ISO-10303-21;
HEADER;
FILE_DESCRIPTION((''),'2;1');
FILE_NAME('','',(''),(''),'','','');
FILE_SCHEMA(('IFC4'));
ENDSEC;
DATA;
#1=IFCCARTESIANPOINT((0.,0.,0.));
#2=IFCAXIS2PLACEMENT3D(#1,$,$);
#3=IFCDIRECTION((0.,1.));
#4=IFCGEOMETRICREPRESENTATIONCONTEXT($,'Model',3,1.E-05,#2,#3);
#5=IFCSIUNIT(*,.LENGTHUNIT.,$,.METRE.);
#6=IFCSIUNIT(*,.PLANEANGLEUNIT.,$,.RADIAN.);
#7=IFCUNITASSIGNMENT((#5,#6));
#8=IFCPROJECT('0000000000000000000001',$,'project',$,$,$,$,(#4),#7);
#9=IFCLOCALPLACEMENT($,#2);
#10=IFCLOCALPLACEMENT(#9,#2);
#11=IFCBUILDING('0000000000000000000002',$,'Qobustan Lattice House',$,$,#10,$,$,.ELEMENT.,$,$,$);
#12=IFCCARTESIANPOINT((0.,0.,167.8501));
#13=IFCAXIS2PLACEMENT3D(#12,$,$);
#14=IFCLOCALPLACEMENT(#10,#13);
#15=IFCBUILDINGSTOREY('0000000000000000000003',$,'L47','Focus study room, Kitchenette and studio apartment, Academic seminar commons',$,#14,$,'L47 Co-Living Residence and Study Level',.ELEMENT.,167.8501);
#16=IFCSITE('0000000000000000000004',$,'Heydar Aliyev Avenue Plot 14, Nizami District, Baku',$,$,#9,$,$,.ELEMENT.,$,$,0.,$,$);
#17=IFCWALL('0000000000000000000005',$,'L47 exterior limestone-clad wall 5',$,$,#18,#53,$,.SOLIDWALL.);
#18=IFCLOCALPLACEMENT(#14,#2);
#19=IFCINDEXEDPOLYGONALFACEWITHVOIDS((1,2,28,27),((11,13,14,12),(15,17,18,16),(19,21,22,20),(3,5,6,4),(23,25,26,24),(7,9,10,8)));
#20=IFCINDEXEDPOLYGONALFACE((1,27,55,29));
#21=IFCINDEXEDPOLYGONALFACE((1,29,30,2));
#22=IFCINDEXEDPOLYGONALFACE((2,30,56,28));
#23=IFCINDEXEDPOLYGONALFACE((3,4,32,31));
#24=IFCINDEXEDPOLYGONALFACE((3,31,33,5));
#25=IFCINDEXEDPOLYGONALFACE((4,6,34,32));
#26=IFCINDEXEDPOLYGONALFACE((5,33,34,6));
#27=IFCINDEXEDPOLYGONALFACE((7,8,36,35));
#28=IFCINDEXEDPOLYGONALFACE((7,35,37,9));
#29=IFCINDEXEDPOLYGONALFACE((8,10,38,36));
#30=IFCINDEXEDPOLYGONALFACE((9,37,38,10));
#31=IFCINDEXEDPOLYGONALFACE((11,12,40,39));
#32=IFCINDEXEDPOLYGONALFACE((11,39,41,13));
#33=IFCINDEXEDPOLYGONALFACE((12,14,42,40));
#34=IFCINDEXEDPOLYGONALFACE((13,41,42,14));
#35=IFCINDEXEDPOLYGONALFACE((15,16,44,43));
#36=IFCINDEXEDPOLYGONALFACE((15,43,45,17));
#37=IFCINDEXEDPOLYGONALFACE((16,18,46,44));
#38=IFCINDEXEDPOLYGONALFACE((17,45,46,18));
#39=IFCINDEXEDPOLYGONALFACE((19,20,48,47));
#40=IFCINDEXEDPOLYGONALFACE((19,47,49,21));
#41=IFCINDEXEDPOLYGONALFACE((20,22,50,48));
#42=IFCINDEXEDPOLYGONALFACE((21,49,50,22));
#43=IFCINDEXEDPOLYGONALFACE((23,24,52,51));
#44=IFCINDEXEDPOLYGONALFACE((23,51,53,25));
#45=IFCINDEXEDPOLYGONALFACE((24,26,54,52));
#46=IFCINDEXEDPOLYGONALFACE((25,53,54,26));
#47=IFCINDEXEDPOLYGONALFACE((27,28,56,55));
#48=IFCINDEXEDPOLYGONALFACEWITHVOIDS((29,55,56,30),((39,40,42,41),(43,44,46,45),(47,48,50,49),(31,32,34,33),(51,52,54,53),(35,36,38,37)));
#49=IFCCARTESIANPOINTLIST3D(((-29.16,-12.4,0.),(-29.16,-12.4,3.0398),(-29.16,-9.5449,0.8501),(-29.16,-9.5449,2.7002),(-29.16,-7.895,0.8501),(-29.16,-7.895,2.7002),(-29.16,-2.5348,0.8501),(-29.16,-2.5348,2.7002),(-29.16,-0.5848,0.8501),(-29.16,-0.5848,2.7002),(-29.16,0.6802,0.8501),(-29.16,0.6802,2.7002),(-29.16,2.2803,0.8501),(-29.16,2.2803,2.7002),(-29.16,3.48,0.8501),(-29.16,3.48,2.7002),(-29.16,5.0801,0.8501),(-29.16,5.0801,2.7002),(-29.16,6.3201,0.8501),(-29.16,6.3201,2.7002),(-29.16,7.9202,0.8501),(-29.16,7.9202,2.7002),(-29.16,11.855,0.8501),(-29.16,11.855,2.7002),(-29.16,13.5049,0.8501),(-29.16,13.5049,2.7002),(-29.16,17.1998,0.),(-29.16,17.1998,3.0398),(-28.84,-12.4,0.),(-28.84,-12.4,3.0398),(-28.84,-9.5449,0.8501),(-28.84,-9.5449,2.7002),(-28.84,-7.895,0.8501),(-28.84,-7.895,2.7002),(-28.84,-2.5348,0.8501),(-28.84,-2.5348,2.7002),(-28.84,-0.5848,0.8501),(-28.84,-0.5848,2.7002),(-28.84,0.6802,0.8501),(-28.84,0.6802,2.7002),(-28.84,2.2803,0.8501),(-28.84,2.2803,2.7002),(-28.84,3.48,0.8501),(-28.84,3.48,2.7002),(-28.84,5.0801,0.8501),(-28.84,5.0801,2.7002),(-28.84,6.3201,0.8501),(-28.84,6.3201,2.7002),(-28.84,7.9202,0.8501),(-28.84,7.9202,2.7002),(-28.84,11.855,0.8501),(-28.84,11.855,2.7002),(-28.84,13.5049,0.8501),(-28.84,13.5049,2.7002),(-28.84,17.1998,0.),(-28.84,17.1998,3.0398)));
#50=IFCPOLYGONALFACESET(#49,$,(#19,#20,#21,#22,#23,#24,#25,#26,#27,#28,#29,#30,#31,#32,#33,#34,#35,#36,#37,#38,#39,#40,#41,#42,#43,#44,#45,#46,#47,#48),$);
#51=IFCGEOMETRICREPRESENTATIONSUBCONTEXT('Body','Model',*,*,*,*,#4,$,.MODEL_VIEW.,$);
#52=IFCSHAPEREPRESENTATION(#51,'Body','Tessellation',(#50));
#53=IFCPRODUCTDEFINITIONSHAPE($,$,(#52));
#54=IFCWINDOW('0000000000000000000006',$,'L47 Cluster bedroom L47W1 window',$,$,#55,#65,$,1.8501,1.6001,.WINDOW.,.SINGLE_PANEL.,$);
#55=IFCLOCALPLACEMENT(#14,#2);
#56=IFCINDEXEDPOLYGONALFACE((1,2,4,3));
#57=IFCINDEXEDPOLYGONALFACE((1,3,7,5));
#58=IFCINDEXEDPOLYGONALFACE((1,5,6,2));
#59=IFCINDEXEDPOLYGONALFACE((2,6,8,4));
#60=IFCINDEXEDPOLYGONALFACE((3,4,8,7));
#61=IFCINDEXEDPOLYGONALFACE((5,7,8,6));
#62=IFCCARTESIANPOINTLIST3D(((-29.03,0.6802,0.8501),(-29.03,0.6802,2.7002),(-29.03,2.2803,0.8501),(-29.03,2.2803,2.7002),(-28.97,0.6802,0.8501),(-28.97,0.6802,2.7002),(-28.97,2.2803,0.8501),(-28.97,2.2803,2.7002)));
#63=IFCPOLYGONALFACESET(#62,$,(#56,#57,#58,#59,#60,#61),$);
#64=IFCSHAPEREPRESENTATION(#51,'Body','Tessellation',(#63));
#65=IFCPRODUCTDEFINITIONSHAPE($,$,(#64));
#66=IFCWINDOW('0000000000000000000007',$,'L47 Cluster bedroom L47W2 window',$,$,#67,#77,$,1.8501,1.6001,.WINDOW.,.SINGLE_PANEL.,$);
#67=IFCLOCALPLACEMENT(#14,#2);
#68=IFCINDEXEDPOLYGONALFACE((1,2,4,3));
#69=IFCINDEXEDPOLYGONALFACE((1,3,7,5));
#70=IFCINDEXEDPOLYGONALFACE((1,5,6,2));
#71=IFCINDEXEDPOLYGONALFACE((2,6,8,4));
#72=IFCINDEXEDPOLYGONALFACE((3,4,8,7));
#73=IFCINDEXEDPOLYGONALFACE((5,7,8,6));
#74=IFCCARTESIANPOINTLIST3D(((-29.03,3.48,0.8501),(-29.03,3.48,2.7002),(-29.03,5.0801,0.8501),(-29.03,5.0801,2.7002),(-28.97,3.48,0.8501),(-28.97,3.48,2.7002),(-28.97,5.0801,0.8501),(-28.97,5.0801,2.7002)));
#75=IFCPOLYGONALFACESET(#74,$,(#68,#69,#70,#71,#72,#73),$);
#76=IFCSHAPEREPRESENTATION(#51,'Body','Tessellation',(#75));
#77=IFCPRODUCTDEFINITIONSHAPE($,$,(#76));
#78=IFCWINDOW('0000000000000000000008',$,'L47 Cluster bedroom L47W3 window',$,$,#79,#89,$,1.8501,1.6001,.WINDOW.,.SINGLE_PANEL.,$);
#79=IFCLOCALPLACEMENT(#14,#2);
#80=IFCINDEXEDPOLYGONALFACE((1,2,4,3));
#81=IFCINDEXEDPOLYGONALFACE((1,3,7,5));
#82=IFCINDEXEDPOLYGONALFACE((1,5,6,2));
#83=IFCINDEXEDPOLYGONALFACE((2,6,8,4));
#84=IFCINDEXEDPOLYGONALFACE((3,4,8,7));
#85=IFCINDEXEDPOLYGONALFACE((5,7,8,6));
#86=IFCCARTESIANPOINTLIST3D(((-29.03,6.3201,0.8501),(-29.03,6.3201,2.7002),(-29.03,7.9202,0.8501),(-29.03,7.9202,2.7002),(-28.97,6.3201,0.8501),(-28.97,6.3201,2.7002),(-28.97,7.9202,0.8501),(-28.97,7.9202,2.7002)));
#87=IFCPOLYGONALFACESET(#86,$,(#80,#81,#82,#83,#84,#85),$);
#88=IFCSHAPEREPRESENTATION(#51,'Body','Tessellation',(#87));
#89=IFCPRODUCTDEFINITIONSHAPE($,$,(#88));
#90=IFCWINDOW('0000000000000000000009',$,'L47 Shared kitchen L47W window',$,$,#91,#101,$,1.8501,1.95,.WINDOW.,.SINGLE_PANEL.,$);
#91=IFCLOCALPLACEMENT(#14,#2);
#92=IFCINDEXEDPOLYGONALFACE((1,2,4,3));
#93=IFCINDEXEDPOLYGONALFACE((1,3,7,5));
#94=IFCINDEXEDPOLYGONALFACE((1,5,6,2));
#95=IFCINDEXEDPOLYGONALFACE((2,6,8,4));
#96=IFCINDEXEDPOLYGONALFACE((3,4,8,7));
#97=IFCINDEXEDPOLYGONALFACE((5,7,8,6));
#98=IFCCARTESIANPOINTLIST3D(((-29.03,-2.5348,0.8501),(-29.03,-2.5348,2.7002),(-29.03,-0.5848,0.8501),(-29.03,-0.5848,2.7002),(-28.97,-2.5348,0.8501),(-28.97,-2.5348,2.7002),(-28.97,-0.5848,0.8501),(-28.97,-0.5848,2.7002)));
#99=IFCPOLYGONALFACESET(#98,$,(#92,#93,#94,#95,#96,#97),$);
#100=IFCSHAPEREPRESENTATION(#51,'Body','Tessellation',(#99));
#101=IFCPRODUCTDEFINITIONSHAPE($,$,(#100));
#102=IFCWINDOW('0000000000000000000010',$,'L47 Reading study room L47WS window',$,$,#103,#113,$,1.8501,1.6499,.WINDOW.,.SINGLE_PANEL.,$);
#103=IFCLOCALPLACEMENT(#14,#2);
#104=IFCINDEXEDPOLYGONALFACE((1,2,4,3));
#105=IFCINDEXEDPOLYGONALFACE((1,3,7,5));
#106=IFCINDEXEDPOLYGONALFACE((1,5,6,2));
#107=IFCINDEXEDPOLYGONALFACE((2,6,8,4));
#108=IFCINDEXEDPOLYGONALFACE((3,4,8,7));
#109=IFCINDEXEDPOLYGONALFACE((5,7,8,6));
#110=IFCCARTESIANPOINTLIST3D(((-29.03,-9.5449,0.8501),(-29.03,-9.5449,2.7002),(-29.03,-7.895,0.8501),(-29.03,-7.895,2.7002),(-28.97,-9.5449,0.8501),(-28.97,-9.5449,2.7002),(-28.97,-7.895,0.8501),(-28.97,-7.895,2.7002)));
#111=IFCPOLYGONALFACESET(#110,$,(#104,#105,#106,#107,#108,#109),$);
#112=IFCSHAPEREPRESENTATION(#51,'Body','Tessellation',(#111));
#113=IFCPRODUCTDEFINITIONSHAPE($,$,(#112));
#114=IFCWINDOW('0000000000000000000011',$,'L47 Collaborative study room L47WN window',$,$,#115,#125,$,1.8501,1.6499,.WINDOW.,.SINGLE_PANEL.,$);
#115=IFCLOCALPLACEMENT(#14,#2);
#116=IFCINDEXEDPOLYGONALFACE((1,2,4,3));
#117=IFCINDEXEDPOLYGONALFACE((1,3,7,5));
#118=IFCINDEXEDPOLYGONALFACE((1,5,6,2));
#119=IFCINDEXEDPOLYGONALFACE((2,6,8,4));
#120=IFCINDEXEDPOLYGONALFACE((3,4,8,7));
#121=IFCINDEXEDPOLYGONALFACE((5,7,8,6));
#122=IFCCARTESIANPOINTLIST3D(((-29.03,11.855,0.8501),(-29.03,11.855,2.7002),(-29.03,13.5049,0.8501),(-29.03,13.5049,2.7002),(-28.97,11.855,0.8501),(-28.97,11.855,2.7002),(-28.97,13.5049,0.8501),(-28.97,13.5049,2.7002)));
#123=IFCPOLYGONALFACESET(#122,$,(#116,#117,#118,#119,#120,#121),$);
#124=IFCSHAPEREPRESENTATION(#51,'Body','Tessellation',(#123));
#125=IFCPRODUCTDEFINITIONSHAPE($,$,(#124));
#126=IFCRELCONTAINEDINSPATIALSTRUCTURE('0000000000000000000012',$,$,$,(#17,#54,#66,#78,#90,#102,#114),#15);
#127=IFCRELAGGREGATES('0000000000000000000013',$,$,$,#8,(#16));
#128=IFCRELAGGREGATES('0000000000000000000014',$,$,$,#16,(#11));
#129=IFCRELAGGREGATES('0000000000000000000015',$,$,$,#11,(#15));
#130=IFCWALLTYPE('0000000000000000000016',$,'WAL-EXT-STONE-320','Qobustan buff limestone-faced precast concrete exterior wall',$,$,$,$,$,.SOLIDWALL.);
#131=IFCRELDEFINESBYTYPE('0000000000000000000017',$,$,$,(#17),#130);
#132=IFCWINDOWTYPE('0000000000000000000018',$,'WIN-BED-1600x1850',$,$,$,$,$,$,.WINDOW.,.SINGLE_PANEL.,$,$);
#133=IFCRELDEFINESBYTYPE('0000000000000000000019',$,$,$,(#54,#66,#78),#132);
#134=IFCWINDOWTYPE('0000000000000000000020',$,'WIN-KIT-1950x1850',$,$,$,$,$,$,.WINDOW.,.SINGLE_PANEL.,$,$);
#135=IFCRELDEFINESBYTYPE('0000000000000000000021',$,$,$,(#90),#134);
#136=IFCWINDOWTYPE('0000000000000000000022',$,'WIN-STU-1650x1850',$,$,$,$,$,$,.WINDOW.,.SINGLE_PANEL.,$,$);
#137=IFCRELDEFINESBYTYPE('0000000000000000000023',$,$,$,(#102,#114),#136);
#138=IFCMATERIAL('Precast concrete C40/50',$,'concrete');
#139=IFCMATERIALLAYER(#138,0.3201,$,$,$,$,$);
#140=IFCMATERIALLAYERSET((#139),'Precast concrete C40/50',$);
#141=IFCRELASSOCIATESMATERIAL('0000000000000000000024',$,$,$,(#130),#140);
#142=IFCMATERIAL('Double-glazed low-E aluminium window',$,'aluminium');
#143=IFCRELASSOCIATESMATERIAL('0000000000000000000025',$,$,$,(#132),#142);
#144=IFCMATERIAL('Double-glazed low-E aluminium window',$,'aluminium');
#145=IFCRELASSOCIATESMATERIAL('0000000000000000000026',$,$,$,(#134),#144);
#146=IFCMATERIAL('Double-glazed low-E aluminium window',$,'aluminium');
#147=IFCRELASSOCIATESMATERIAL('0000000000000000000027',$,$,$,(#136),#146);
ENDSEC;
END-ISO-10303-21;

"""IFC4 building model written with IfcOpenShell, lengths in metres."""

from ifc_helpers import new_model, si_unit, direction, frame, frame_2d, origin, place, context, subcontext, project, spatial, rectangle, extrude, material, layer, layer_set, type_object, element, fill, save


model = new_model("IFC4")

# Units and contexts
model_context = context("Model", 3, precision=1e-05, world=origin(), true_north=direction((0.0, 1.0)))
body_context = subcontext(model_context, "Body", "Model", "MODEL_VIEW")
ifc_project = project(units=[si_unit("LENGTHUNIT", "METRE"), si_unit("PLANEANGLEUNIT", "RADIAN")], contexts=[model_context])

# Site, building, storey
site_placement = place(None, origin())
site = spatial("IfcSite", under=ifc_project, at=site_placement, Name="Heydar Aliyev Avenue Plot 14, Nizami District, Baku", CompositionType="ELEMENT", RefElevation=0.0)
building_placement = place(site_placement, origin())
building = spatial("IfcBuilding", under=site, at=building_placement, Name="Qobustan Lattice House", CompositionType="ELEMENT")
storey_placement = place(building_placement, frame((0.0, 0.0, 167.8501)))
storey = spatial("IfcBuildingStorey", under=building, at=storey_placement, Name="L47", Description="Focus study room, Kitchenette and studio apartment, Academic seminar commons", LongName="L47 Co-Living Residence and Study Level", CompositionType="ELEMENT", Elevation=167.8501)

# Shared definitions
ifc_material_1 = material(Name="Precast concrete C40/50", Category="concrete")
ifc_layer_1 = layer(ifc_material_1, 0.3201)
ifc_layer_set_1 = layer_set([ifc_layer_1], Name="Precast concrete C40/50")
wall_type = type_object("IfcWallType", Name="WAL-EXT-STONE-320", Description="Qobustan buff limestone-faced precast concrete exterior wall", PredefinedType="SOLIDWALL", material=ifc_layer_set_1)

# Wall, openings, windows
wall_1_placement = place(storey_placement, frame((-29.0, -12.3999, 0.0), z_axis=(0.0, 0.0, 1.0), x_axis=(0.0, 1.0, 0.0)))
wall_1 = element("IfcWall", 1, at=wall_1_placement, inside=storey, type_object=wall_type, Name="L47 exterior limestone-clad wall 5", PredefinedType="SOLIDWALL", context=body_context, shape_type="SweptSolid", body=[
    extrude(rectangle(XDim=29.5999, YDim=0.3201, at=frame_2d((14.7998, 0.0))), origin(), (0.0, 0.0, 1.0), 3.0398),
])
opening_1_placement = place(wall_1_placement, frame((2.855, 0.0, 0.8501)))
opening_1 = element("IfcOpeningElement", 2, at=opening_1_placement, cuts=wall_1, PredefinedType="OPENING", context=body_context, shape_type="SweptSolid", body=[
    extrude(rectangle(XDim=1.6499, YDim=1.8501, at=frame_2d((0.825, 0.925))), frame((0.0, 0.1699, 0.0), z_axis=(0.0, -1.0, 0.0), x_axis=(1.0, 0.0, 0.0)), (0.0, 0.0, 1.0), 0.3401),
])
opening_2_placement = place(wall_1_placement, frame((9.865, 0.0, 0.8501)))
opening_2 = element("IfcOpeningElement", 3, at=opening_2_placement, cuts=wall_1, PredefinedType="OPENING", context=body_context, shape_type="SweptSolid", body=[
    extrude(rectangle(XDim=1.95, YDim=1.8501, at=frame_2d((0.9751, 0.925))), frame((0.0, 0.1699, 0.0), z_axis=(0.0, -1.0, 0.0), x_axis=(1.0, 0.0, 0.0)), (0.0, 0.0, 1.0), 0.3401),
])
opening_3_placement = place(wall_1_placement, frame((13.0801, 0.0, 0.8501)))
opening_3 = element("IfcOpeningElement", 4, at=opening_3_placement, cuts=wall_1, PredefinedType="OPENING", context=body_context, shape_type="SweptSolid", body=[
    extrude(rectangle(XDim=1.6001, YDim=1.8501, at=frame_2d((0.8, 0.925))), frame((0.0, 0.1699, 0.0), z_axis=(0.0, -1.0, 0.0), x_axis=(1.0, 0.0, 0.0)), (0.0, 0.0, 1.0), 0.3401),
])
opening_4_placement = place(wall_1_placement, frame((15.8799, 0.0, 0.8501)))
opening_4 = element("IfcOpeningElement", 5, at=opening_4_placement, cuts=wall_1, PredefinedType="OPENING", context=body_context, shape_type="SweptSolid", body=[
    extrude(rectangle(XDim=1.6001, YDim=1.8501, at=frame_2d((0.8, 0.925))), frame((0.0, 0.1699, 0.0), z_axis=(0.0, -1.0, 0.0), x_axis=(1.0, 0.0, 0.0)), (0.0, 0.0, 1.0), 0.3401),
])
opening_5_placement = place(wall_1_placement, frame((18.72, 0.0, 0.8501)))
opening_5 = element("IfcOpeningElement", 6, at=opening_5_placement, cuts=wall_1, PredefinedType="OPENING", context=body_context, shape_type="SweptSolid", body=[
    extrude(rectangle(XDim=1.6001, YDim=1.8501, at=frame_2d((0.8, 0.925))), frame((0.0, 0.1699, 0.0), z_axis=(0.0, -1.0, 0.0), x_axis=(1.0, 0.0, 0.0)), (0.0, 0.0, 1.0), 0.3401),
])
opening_6_placement = place(wall_1_placement, frame((24.2549, 0.0, 0.8501)))
opening_6 = element("IfcOpeningElement", 7, at=opening_6_placement, cuts=wall_1, PredefinedType="OPENING", context=body_context, shape_type="SweptSolid", body=[
    extrude(rectangle(XDim=1.6499, YDim=1.8501, at=frame_2d((0.825, 0.925))), frame((0.0, 0.1699, 0.0), z_axis=(0.0, -1.0, 0.0), x_axis=(1.0, 0.0, 0.0)), (0.0, 0.0, 1.0), 0.3401),
])
ifc_material_2 = material(Name="Double-glazed low-E aluminium window", Category="aluminium")
window_type_1 = type_object("IfcWindowType", Name="WIN-BED-1600x1850", PartitioningType="SINGLE_PANEL", PredefinedType="WINDOW", material=ifc_material_2)
window_1_placement = place(opening_3_placement, origin())
window_1 = element("IfcWindow", 8, at=window_1_placement, inside=storey, type_object=window_type_1, Name="L47 Cluster bedroom L47W1 window", OverallHeight=1.8501, OverallWidth=1.6001, PartitioningType="SINGLE_PANEL", PredefinedType="WINDOW", context=body_context, shape_type="SweptSolid", body=[
    extrude(rectangle(XDim=1.6001, YDim=1.8501, at=frame_2d((0.8, 0.925))), frame((0.0, 0.03, 0.0), z_axis=(0.0, -1.0, 0.0), x_axis=(1.0, 0.0, 0.0)), (0.0, 0.0, 1.0), 0.0601),
])
fill(opening_3, window_1)
window_2_placement = place(opening_4_placement, origin())
window_2 = element("IfcWindow", 9, at=window_2_placement, inside=storey, type_object=window_type_1, Name="L47 Cluster bedroom L47W2 window", OverallHeight=1.8501, OverallWidth=1.6001, PartitioningType="SINGLE_PANEL", PredefinedType="WINDOW", context=body_context, shape_type="SweptSolid", body=[
    extrude(rectangle(XDim=1.6001, YDim=1.8501, at=frame_2d((0.8, 0.925))), frame((0.0, 0.03, 0.0), z_axis=(0.0, -1.0, 0.0), x_axis=(1.0, 0.0, 0.0)), (0.0, 0.0, 1.0), 0.0601),
])
fill(opening_4, window_2)
window_3_placement = place(opening_5_placement, origin())
window_3 = element("IfcWindow", 10, at=window_3_placement, inside=storey, type_object=window_type_1, Name="L47 Cluster bedroom L47W3 window", OverallHeight=1.8501, OverallWidth=1.6001, PartitioningType="SINGLE_PANEL", PredefinedType="WINDOW", context=body_context, shape_type="SweptSolid", body=[
    extrude(rectangle(XDim=1.6001, YDim=1.8501, at=frame_2d((0.8, 0.925))), frame((0.0, 0.03, 0.0), z_axis=(0.0, -1.0, 0.0), x_axis=(1.0, 0.0, 0.0)), (0.0, 0.0, 1.0), 0.0601),
])
fill(opening_5, window_3)
ifc_material_3 = material(Name="Double-glazed low-E aluminium window", Category="aluminium")
window_type_2 = type_object("IfcWindowType", Name="WIN-KIT-1950x1850", PartitioningType="SINGLE_PANEL", PredefinedType="WINDOW", material=ifc_material_3)
window_4_placement = place(opening_2_placement, origin())
window_4 = element("IfcWindow", 11, at=window_4_placement, inside=storey, type_object=window_type_2, Name="L47 Shared kitchen L47W window", OverallHeight=1.8501, OverallWidth=1.95, PartitioningType="SINGLE_PANEL", PredefinedType="WINDOW", context=body_context, shape_type="SweptSolid", body=[
    extrude(rectangle(XDim=1.95, YDim=1.8501, at=frame_2d((0.9751, 0.925))), frame((0.0, 0.03, 0.0), z_axis=(0.0, -1.0, 0.0), x_axis=(1.0, 0.0, 0.0)), (0.0, 0.0, 1.0), 0.0601),
])
fill(opening_2, window_4)
ifc_material_4 = material(Name="Double-glazed low-E aluminium window", Category="aluminium")
window_type_3 = type_object("IfcWindowType", Name="WIN-STU-1650x1850", PartitioningType="SINGLE_PANEL", PredefinedType="WINDOW", material=ifc_material_4)
window_5_placement = place(opening_1_placement, origin())
window_5 = element("IfcWindow", 12, at=window_5_placement, inside=storey, type_object=window_type_3, Name="L47 Reading study room L47WS window", OverallHeight=1.8501, OverallWidth=1.6499, PartitioningType="SINGLE_PANEL", PredefinedType="WINDOW", context=body_context, shape_type="SweptSolid", body=[
    extrude(rectangle(XDim=1.6499, YDim=1.8501, at=frame_2d((0.825, 0.925))), frame((0.0, 0.03, 0.0), z_axis=(0.0, -1.0, 0.0), x_axis=(1.0, 0.0, 0.0)), (0.0, 0.0, 1.0), 0.0601),
])
fill(opening_1, window_5)
window_6_placement = place(opening_6_placement, origin())
window_6 = element("IfcWindow", 13, at=window_6_placement, inside=storey, type_object=window_type_3, Name="L47 Collaborative study room L47WN window", OverallHeight=1.8501, OverallWidth=1.6499, PartitioningType="SINGLE_PANEL", PredefinedType="WINDOW", context=body_context, shape_type="SweptSolid", body=[
    extrude(rectangle(XDim=1.6499, YDim=1.8501, at=frame_2d((0.825, 0.925))), frame((0.0, 0.03, 0.0), z_axis=(0.0, -1.0, 0.0), x_axis=(1.0, 0.0, 0.0)), (0.0, 0.0, 1.0), 0.0601),
])
fill(opening_6, window_6)

save(model, "model.ifc")
